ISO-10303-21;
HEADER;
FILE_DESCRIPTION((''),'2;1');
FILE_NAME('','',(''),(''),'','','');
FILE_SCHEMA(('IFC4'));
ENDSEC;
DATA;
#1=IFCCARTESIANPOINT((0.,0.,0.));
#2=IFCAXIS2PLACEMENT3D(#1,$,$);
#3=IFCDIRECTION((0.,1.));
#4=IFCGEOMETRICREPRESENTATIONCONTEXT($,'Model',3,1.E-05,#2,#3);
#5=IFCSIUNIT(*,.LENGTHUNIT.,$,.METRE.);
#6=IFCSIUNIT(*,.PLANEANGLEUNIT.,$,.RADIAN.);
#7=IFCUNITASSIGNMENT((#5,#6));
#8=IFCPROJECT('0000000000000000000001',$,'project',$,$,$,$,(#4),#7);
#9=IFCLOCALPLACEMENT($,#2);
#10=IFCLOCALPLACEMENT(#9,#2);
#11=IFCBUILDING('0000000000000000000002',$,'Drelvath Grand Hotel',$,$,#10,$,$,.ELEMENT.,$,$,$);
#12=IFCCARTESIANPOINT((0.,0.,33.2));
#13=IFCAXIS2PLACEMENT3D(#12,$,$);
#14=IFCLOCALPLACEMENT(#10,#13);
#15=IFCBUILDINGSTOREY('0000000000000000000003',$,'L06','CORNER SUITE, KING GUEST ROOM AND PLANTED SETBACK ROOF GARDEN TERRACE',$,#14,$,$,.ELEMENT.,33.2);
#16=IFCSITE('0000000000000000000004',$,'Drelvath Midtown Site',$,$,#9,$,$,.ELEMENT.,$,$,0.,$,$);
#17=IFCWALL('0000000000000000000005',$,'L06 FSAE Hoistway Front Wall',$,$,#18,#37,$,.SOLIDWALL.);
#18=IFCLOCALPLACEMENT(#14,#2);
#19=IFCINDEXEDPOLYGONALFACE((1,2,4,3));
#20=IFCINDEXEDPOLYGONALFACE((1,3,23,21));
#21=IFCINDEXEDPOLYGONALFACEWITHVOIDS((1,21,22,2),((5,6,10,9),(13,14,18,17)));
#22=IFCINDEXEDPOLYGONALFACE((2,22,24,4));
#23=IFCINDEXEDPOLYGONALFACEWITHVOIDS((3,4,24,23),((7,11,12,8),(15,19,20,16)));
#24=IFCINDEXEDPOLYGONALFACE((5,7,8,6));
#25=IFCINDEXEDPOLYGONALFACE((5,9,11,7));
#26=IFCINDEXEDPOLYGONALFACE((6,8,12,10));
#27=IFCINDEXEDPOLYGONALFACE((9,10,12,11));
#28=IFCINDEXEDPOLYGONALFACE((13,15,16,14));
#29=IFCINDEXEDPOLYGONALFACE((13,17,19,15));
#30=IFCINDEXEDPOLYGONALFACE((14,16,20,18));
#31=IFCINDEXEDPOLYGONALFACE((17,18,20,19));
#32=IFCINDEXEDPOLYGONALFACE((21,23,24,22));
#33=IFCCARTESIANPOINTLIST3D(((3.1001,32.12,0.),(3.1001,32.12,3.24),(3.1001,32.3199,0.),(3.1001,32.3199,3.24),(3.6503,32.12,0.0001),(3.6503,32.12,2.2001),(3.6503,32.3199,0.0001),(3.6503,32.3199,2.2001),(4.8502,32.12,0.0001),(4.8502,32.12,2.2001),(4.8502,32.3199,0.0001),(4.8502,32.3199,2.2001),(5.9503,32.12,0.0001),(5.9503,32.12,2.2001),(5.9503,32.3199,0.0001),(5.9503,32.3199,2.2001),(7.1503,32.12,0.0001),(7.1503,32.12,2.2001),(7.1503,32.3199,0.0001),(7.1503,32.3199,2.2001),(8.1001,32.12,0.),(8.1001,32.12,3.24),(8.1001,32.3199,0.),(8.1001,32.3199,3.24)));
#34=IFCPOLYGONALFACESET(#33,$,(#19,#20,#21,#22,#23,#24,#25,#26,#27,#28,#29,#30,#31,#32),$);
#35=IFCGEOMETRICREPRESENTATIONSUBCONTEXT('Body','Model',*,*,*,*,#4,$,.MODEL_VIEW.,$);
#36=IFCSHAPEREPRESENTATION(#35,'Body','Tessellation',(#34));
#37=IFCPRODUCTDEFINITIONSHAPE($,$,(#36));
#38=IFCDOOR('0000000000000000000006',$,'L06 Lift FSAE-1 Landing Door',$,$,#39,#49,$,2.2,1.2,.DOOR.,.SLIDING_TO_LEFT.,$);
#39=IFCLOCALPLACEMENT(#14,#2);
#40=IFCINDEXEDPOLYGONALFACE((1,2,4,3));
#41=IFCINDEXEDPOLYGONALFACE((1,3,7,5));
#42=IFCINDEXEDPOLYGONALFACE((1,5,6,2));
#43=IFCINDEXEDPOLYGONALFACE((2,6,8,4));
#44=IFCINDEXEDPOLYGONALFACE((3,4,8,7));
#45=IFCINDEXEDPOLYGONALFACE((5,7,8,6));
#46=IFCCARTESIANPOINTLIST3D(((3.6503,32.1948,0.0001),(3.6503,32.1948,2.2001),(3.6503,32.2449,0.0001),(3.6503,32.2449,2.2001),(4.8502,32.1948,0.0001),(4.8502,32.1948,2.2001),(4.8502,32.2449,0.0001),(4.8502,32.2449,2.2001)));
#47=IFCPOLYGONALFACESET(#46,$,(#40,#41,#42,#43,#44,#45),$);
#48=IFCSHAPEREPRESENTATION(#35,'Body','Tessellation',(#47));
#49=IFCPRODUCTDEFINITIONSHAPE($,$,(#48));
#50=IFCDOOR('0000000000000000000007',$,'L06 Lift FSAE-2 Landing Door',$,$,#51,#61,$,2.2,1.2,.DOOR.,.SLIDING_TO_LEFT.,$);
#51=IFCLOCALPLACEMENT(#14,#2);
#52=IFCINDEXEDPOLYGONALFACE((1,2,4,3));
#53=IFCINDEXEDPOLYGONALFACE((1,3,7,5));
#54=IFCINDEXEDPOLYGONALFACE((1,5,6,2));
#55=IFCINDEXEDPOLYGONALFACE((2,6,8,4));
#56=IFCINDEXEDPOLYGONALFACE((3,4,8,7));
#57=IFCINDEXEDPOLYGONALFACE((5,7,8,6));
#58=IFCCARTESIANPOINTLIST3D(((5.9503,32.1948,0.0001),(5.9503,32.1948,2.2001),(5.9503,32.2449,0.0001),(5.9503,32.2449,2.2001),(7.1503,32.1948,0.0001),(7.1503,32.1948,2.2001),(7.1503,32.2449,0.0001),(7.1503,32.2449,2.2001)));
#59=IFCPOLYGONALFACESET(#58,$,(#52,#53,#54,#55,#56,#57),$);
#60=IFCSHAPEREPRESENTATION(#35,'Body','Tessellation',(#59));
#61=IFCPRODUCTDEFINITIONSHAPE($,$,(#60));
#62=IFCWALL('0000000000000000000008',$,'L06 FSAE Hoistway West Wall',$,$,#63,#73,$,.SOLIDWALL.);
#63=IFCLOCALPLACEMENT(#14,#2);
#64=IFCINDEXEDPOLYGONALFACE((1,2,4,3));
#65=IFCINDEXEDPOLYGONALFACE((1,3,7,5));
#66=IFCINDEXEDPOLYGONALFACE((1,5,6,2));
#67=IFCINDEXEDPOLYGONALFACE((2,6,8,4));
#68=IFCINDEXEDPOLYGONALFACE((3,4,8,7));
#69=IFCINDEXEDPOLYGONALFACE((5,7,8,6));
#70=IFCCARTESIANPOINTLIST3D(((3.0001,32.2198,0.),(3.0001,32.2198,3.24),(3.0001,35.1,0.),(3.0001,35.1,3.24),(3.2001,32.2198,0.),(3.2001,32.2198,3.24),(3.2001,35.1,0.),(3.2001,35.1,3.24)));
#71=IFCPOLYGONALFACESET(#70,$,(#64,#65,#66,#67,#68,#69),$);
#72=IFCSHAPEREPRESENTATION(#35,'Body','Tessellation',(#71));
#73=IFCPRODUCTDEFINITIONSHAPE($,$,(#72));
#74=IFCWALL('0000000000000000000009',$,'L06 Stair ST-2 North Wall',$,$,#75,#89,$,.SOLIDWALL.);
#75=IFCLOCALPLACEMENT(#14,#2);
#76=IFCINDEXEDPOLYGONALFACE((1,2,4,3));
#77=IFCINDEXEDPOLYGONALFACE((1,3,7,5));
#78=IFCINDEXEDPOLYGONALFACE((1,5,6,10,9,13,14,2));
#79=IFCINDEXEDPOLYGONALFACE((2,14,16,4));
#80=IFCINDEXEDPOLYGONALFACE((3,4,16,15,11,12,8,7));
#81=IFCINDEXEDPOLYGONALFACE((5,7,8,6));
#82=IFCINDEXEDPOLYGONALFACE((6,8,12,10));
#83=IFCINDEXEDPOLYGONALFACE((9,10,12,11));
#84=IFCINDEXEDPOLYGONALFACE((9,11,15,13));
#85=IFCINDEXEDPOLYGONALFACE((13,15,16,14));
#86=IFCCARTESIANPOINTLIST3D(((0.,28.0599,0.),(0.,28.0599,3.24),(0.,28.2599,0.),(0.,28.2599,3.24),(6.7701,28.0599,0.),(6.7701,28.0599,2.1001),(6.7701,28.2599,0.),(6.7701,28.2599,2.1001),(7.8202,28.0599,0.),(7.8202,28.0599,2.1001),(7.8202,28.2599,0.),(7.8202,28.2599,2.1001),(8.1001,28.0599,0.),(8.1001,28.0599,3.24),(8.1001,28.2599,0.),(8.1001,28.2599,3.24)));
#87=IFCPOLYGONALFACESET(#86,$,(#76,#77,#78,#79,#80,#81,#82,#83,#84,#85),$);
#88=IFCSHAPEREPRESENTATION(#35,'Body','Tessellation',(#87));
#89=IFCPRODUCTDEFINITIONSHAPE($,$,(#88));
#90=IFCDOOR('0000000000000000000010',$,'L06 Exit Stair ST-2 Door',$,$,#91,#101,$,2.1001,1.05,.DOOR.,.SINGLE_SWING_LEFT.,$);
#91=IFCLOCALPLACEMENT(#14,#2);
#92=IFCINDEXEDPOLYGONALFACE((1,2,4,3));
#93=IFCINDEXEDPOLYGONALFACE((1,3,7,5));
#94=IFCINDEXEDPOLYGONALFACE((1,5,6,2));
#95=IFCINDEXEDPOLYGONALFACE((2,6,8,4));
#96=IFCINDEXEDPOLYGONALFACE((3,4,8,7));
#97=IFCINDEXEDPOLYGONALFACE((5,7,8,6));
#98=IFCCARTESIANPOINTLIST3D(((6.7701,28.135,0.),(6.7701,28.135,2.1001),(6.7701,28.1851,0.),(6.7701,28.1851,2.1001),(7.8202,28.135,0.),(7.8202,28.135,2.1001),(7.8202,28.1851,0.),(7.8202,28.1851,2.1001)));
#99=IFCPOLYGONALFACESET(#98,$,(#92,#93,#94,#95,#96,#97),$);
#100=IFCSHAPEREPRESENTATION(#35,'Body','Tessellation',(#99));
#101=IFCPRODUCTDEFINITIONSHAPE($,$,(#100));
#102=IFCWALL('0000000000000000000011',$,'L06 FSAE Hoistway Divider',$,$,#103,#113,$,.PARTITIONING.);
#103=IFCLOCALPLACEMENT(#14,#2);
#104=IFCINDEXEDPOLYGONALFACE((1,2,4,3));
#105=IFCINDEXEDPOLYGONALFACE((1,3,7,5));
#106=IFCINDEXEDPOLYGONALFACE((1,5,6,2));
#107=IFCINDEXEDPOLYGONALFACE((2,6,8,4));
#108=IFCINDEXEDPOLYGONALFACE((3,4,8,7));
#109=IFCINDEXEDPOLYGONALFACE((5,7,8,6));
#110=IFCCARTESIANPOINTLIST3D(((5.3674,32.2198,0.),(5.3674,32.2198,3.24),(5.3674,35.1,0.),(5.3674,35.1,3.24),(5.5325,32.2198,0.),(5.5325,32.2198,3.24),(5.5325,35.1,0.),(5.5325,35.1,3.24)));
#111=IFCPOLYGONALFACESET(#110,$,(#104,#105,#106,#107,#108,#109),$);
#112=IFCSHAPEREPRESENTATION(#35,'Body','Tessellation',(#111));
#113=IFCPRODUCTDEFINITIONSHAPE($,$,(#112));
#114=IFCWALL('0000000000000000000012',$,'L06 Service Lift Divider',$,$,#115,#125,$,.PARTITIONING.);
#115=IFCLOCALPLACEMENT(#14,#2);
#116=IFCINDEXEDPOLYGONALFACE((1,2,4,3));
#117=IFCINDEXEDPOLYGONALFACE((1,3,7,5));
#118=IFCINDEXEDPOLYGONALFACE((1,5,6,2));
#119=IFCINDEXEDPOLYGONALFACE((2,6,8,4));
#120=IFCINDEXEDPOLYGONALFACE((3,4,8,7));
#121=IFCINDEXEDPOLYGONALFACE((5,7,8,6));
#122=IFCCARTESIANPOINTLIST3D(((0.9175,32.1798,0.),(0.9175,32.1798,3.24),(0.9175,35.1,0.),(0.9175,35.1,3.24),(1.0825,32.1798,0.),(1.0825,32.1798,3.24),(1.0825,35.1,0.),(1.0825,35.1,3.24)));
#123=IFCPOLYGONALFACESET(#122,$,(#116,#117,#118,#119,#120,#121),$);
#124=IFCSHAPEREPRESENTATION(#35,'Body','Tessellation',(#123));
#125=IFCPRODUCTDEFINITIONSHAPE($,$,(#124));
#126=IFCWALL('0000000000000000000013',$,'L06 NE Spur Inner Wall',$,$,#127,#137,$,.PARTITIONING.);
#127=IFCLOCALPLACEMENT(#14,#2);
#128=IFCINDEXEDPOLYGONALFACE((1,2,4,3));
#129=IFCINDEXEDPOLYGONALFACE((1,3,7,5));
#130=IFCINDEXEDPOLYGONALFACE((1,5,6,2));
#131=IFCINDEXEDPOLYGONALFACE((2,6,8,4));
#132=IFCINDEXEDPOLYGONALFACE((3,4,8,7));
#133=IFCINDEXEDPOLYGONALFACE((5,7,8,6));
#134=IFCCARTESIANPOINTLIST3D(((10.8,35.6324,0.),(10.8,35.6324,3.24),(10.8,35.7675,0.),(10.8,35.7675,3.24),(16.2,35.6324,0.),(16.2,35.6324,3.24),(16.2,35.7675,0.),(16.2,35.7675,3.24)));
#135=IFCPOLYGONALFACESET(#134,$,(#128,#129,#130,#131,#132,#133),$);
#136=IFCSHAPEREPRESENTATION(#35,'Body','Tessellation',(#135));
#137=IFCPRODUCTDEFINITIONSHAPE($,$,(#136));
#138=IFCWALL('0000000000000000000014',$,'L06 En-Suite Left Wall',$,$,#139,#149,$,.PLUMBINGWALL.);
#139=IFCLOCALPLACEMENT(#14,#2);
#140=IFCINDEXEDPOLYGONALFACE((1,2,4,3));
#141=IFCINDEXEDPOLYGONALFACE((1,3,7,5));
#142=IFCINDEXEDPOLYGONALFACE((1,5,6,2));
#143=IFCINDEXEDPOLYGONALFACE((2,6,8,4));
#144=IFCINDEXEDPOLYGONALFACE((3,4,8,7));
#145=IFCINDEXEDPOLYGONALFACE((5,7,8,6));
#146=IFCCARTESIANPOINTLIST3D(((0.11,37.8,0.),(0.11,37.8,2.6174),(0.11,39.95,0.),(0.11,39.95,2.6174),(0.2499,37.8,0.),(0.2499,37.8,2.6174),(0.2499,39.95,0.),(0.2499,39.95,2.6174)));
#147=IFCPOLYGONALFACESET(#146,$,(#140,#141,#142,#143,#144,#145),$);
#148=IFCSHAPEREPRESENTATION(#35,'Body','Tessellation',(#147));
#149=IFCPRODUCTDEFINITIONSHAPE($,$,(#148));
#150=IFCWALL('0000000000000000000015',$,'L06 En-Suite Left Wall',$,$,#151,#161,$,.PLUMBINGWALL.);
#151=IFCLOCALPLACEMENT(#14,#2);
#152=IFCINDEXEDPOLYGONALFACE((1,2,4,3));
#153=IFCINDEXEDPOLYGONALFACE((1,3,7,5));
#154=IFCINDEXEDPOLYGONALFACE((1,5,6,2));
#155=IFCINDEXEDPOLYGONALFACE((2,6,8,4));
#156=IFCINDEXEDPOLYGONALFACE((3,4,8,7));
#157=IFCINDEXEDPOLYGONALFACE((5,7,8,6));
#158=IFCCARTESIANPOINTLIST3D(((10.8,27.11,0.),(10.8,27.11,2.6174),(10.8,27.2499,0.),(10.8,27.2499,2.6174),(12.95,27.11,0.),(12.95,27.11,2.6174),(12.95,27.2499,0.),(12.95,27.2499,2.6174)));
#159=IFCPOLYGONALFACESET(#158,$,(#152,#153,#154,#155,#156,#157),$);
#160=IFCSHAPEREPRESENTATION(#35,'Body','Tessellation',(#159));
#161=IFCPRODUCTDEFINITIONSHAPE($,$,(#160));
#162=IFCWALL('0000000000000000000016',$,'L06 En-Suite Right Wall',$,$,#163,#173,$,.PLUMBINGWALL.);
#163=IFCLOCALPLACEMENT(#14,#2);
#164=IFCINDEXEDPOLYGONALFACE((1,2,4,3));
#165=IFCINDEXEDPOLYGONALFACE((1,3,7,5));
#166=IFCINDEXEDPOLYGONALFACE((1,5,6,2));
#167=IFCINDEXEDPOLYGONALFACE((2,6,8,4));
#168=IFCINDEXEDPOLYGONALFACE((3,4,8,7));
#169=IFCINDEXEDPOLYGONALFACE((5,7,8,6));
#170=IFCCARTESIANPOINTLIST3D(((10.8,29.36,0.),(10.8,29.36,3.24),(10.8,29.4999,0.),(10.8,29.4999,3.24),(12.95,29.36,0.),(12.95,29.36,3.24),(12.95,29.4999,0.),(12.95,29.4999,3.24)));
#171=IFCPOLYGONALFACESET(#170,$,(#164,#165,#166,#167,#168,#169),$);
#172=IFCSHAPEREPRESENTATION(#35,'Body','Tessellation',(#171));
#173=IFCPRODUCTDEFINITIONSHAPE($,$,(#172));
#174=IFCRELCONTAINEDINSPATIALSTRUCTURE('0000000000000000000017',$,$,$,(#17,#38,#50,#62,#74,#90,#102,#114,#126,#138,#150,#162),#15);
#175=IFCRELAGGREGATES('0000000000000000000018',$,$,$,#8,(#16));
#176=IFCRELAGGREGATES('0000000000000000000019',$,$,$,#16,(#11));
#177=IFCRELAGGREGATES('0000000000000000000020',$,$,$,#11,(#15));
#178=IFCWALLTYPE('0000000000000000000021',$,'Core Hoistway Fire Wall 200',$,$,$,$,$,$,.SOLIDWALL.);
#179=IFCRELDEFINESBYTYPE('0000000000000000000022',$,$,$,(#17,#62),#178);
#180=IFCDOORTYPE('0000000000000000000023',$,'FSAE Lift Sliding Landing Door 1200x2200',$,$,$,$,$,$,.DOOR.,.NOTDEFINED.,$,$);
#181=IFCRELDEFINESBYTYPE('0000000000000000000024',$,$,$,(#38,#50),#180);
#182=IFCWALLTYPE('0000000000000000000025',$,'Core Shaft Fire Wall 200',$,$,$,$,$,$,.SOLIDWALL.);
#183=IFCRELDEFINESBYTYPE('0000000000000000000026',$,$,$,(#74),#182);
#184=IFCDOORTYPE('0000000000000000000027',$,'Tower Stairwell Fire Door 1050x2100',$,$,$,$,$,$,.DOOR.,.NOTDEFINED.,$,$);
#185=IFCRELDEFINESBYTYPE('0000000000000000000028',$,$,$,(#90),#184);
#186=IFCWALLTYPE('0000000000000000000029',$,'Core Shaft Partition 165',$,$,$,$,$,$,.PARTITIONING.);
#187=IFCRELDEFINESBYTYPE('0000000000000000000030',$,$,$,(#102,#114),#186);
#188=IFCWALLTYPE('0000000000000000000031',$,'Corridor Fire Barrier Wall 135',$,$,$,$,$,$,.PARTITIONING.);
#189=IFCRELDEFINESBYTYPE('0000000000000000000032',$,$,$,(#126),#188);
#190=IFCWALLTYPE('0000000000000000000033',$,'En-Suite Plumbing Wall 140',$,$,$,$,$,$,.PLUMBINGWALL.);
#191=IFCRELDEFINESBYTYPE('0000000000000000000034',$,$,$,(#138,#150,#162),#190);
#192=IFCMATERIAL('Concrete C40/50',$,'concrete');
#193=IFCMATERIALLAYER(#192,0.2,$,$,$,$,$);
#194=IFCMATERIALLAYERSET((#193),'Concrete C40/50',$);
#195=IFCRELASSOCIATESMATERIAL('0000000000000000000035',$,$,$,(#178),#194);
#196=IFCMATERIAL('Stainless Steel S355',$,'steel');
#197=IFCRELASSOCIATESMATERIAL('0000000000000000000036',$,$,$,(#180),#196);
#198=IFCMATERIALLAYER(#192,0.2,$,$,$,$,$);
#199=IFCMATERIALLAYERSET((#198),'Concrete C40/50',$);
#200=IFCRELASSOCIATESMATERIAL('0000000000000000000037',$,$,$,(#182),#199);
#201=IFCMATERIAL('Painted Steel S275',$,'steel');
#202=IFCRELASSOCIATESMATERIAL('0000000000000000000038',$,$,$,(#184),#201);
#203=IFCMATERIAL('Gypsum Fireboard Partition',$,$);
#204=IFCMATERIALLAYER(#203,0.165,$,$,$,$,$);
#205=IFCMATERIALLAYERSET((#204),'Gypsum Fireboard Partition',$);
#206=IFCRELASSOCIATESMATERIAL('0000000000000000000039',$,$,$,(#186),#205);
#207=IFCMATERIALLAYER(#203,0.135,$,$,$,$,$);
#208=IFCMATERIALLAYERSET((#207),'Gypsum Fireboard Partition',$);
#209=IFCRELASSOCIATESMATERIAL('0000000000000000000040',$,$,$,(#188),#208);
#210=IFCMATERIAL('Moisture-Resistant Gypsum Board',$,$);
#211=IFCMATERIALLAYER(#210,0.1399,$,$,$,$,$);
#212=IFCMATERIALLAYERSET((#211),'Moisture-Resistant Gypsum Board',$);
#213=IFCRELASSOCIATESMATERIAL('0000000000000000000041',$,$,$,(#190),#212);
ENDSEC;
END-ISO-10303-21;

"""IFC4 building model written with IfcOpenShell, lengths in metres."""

from ifc_helpers import new_model, si_unit, direction, frame, frame_2d, origin, place, context, subcontext, project, spatial, rectangle, extrude, material, layer, layer_set, type_object, element, fill, save


model = new_model("IFC4")

# Units and contexts
model_context = context("Model", 3, precision=1e-05, world=origin(), true_north=direction((0.0, 1.0)))
body_context = subcontext(model_context, "Body", "Model", "MODEL_VIEW")
ifc_project = project(units=[si_unit("LENGTHUNIT", "METRE"), si_unit("PLANEANGLEUNIT", "RADIAN")], contexts=[model_context])

# Site, building, storey
site_placement = place(None, origin())
site = spatial("IfcSite", under=ifc_project, at=site_placement, Name="Drelvath Midtown Site", CompositionType="ELEMENT", RefElevation=0.0)
building_placement = place(site_placement, origin())
building = spatial("IfcBuilding", under=site, at=building_placement, Name="Drelvath Grand Hotel", CompositionType="ELEMENT")
storey_placement = place(building_placement, frame((0.0, 0.0, 33.2)))
storey = spatial("IfcBuildingStorey", under=building, at=storey_placement, Name="L06", Description="CORNER SUITE, KING GUEST ROOM AND PLANTED SETBACK ROOF GARDEN TERRACE", CompositionType="ELEMENT", Elevation=33.2)

# Wall, openings, doors
ifc_material_1 = material(Name="Concrete C40/50", Category="concrete")
ifc_layer_1 = layer(ifc_material_1, 0.2)
ifc_layer_set_1 = layer_set([ifc_layer_1], Name="Concrete C40/50")
wall_type_1 = type_object("IfcWallType", Name="Core Hoistway Fire Wall 200", PredefinedType="SOLIDWALL", material=ifc_layer_set_1)
wall_1_placement = place(storey_placement, frame((3.1001, 32.22, 0.0), z_axis=(0.0, 0.0, 1.0), x_axis=(1.0, 0.0, 0.0)))
wall_1 = element("IfcWall", 1, at=wall_1_placement, inside=storey, type_object=wall_type_1, Name="L06 FSAE Hoistway Front Wall", PredefinedType="SOLIDWALL", context=body_context, shape_type="SweptSolid", body=[
    extrude(rectangle(XDim=5.0, YDim=0.2, at=frame_2d((2.5, 0.0))), origin(), (0.0, 0.0, 1.0), 3.24),
])
opening_1_placement = place(wall_1_placement, frame((0.55, 0.0, 0.0)))
opening_1 = element("IfcOpeningElement", 2, at=opening_1_placement, cuts=wall_1, PredefinedType="OPENING", context=body_context, shape_type="SweptSolid", body=[
    extrude(rectangle(XDim=1.2, YDim=2.2, at=frame_2d((0.6001, 1.1001))), frame((0.0, 0.1099, 0.0), z_axis=(0.0, -1.0, 0.0), x_axis=(1.0, 0.0, 0.0)), (0.0, 0.0, 1.0), 0.22),
])
opening_2_placement = place(wall_1_placement, frame((2.8501, 0.0, 0.0)))
opening_2 = element("IfcOpeningElement", 3, at=opening_2_placement, cuts=wall_1, PredefinedType="OPENING", context=body_context, shape_type="SweptSolid", body=[
    extrude(rectangle(XDim=1.2, YDim=2.2, at=frame_2d((0.6001, 1.1001))), frame((0.0, 0.1099, 0.0), z_axis=(0.0, -1.0, 0.0), x_axis=(1.0, 0.0, 0.0)), (0.0, 0.0, 1.0), 0.22),
])
ifc_material_2 = material(Name="Stainless Steel S355", Category="steel")
door_type_1 = type_object("IfcDoorType", Name="FSAE Lift Sliding Landing Door 1200x2200", OperationType="NOTDEFINED", PredefinedType="DOOR", material=ifc_material_2)
door_1_placement = place(opening_1_placement, origin())
door_1 = element("IfcDoor", 4, at=door_1_placement, inside=storey, type_object=door_type_1, Name="L06 Lift FSAE-1 Landing Door", OperationType="SLIDING_TO_LEFT", OverallHeight=2.2, OverallWidth=1.2, PredefinedType="DOOR", context=body_context, shape_type="SweptSolid", body=[
    extrude(rectangle(XDim=1.2, YDim=2.2, at=frame_2d((0.6001, 1.1001))), frame((0.0, 0.0249, 0.0), z_axis=(0.0, -1.0, 0.0), x_axis=(1.0, 0.0, 0.0)), (0.0, 0.0, 1.0), 0.05),
])
fill(opening_1, door_1)
door_2_placement = place(opening_2_placement, origin())
door_2 = element("IfcDoor", 5, at=door_2_placement, inside=storey, type_object=door_type_1, Name="L06 Lift FSAE-2 Landing Door", OperationType="SLIDING_TO_LEFT", OverallHeight=2.2, OverallWidth=1.2, PredefinedType="DOOR", context=body_context, shape_type="SweptSolid", body=[
    extrude(rectangle(XDim=1.2, YDim=2.2, at=frame_2d((0.6001, 1.1001))), frame((0.0, 0.0249, 0.0), z_axis=(0.0, -1.0, 0.0), x_axis=(1.0, 0.0, 0.0)), (0.0, 0.0, 1.0), 0.05),
])
fill(opening_2, door_2)

# Wall
wall_2_placement = place(storey_placement, frame((3.1001, 32.22, 0.0), z_axis=(0.0, 0.0, 1.0), x_axis=(0.0, 1.0, 0.0)))
element("IfcWall", 6, at=wall_2_placement, inside=storey, type_object=wall_type_1, Name="L06 FSAE Hoistway West Wall", PredefinedType="SOLIDWALL", context=body_context, shape_type="SweptSolid", body=[
    extrude(rectangle(XDim=2.8801, YDim=0.2, at=frame_2d((1.4399, 0.0))), origin(), (0.0, 0.0, 1.0), 3.24),
])

# Wall, opening, door
ifc_layer_2 = layer(ifc_material_1, 0.2)
ifc_layer_set_2 = layer_set([ifc_layer_2], Name="Concrete C40/50")
wall_type_2 = type_object("IfcWallType", Name="Core Shaft Fire Wall 200", PredefinedType="SOLIDWALL", material=ifc_layer_set_2)
wall_3_placement = place(storey_placement, frame((8.1001, 28.1599, 0.0), z_axis=(0.0, 0.0, 1.0), x_axis=(-1.0, 0.0, 0.0)))
wall_3 = element("IfcWall", 7, at=wall_3_placement, inside=storey, type_object=wall_type_2, Name="L06 Stair ST-2 North Wall", PredefinedType="SOLIDWALL", context=body_context, shape_type="SweptSolid", body=[
    extrude(rectangle(XDim=8.1001, YDim=0.2, at=frame_2d((4.05, 0.0))), origin(), (0.0, 0.0, 1.0), 3.24),
])
opening_3_placement = place(wall_3_placement, frame((0.28, 0.0, 0.0)))
opening_3 = element("IfcOpeningElement", 8, at=opening_3_placement, cuts=wall_3, PredefinedType="OPENING", context=body_context, shape_type="SweptSolid", body=[
    extrude(rectangle(XDim=1.05, YDim=2.1001, at=frame_2d((0.5249, 1.05))), frame((0.0, 0.1099, 0.0), z_axis=(0.0, -1.0, 0.0), x_axis=(1.0, 0.0, 0.0)), (0.0, 0.0, 1.0), 0.22),
])
ifc_material_3 = material(Name="Painted Steel S275", Category="steel")
door_type_2 = type_object("IfcDoorType", Name="Tower Stairwell Fire Door 1050x2100", OperationType="NOTDEFINED", PredefinedType="DOOR", material=ifc_material_3)
door_3_placement = place(opening_3_placement, origin())
door_3 = element("IfcDoor", 9, at=door_3_placement, inside=storey, type_object=door_type_2, Name="L06 Exit Stair ST-2 Door", OperationType="SINGLE_SWING_LEFT", OverallHeight=2.1001, OverallWidth=1.05, PredefinedType="DOOR", context=body_context, shape_type="SweptSolid", body=[
    extrude(rectangle(XDim=1.05, YDim=2.1001, at=frame_2d((0.5249, 1.05))), frame((0.0, 0.0249, 0.0), z_axis=(0.0, -1.0, 0.0), x_axis=(1.0, 0.0, 0.0)), (0.0, 0.0, 1.0), 0.05),
])
fill(opening_3, door_3)

# Walls
ifc_material_4 = material(Name="Gypsum Fireboard Partition")
ifc_layer_3 = layer(ifc_material_4, 0.165)
ifc_layer_set_3 = layer_set([ifc_layer_3], Name="Gypsum Fireboard Partition")
wall_type_3 = type_object("IfcWallType", Name="Core Shaft Partition 165", PredefinedType="PARTITIONING", material=ifc_layer_set_3)
wall_4_placement = place(storey_placement, frame((5.45, 32.22, 0.0), z_axis=(0.0, 0.0, 1.0), x_axis=(0.0, 1.0, 0.0)))
element("IfcWall", 10, at=wall_4_placement, inside=storey, type_object=wall_type_3, Name="L06 FSAE Hoistway Divider", PredefinedType="PARTITIONING", context=body_context, shape_type="SweptSolid", body=[
    extrude(rectangle(XDim=2.8801, YDim=0.165, at=frame_2d((1.4399, 0.0))), origin(), (0.0, 0.0, 1.0), 3.24),
])
wall_5_placement = place(storey_placement, frame((1.0, 32.1799, 0.0), z_axis=(0.0, 0.0, 1.0), x_axis=(0.0, 1.0, 0.0)))
element("IfcWall", 11, at=wall_5_placement, inside=storey, type_object=wall_type_3, Name="L06 Service Lift Divider", PredefinedType="PARTITIONING", context=body_context, shape_type="SweptSolid", body=[
    extrude(rectangle(XDim=2.9202, YDim=0.165, at=frame_2d((1.46, 0.0))), origin(), (0.0, 0.0, 1.0), 3.24),
])
ifc_layer_4 = layer(ifc_material_4, 0.135)
ifc_layer_set_4 = layer_set([ifc_layer_4], Name="Gypsum Fireboard Partition")
wall_type_4 = type_object("IfcWallType", Name="Corridor Fire Barrier Wall 135", PredefinedType="PARTITIONING", material=ifc_layer_set_4)
wall_6_placement = place(storey_placement, frame((10.8, 35.7, 0.0), z_axis=(0.0, 0.0, 1.0), x_axis=(1.0, 0.0, 0.0)))
element("IfcWall", 12, at=wall_6_placement, inside=storey, type_object=wall_type_4, Name="L06 NE Spur Inner Wall", PredefinedType="PARTITIONING", context=body_context, shape_type="SweptSolid", body=[
    extrude(rectangle(XDim=5.3999, YDim=0.135, at=frame_2d((2.7, 0.0))), origin(), (0.0, 0.0, 1.0), 3.24),
])
ifc_material_5 = material(Name="Moisture-Resistant Gypsum Board")
ifc_layer_5 = layer(ifc_material_5, 0.1399)
ifc_layer_set_5 = layer_set([ifc_layer_5], Name="Moisture-Resistant Gypsum Board")
wall_type_5 = type_object("IfcWallType", Name="En-Suite Plumbing Wall 140", PredefinedType="PLUMBINGWALL", material=ifc_layer_set_5)
for number, where, z_axis, x_axis, name in (
    (13, (0.1799, 37.8, 0.0), (0.0, 0.0, 1.0), (0.0, 1.0, 0.0), "L06 En-Suite Left Wall"),
    (14, (10.8, 27.1799, 0.0), (0.0, 0.0, 1.0), (1.0, 0.0, 0.0), "L06 En-Suite Left Wall"),
):
    element("IfcWall", number, at=place(storey_placement, frame(where, z_axis=z_axis, x_axis=x_axis)), inside=storey, type_object=wall_type_5, Name=name, PredefinedType="PLUMBINGWALL", context=body_context, shape_type="SweptSolid", body=[
        extrude(rectangle(XDim=2.1499, YDim=0.1399, at=frame_2d((1.075, 0.0))), origin(), (0.0, 0.0, 1.0), 2.6174),
    ])
for number, where, z_axis, x_axis, name in (
    (15, (10.8, 29.4299, 0.0), (0.0, 0.0, 1.0), (1.0, 0.0, 0.0), "L06 En-Suite Right Wall"),
):
    element("IfcWall", number, at=place(storey_placement, frame(where, z_axis=z_axis, x_axis=x_axis)), inside=storey, type_object=wall_type_5, Name=name, PredefinedType="PLUMBINGWALL", context=body_context, shape_type="SweptSolid", body=[
        extrude(rectangle(XDim=2.1499, YDim=0.1399, at=frame_2d((1.075, 0.0))), origin(), (0.0, 0.0, 1.0), 3.24),
    ])

save(model, "model.ifc")
